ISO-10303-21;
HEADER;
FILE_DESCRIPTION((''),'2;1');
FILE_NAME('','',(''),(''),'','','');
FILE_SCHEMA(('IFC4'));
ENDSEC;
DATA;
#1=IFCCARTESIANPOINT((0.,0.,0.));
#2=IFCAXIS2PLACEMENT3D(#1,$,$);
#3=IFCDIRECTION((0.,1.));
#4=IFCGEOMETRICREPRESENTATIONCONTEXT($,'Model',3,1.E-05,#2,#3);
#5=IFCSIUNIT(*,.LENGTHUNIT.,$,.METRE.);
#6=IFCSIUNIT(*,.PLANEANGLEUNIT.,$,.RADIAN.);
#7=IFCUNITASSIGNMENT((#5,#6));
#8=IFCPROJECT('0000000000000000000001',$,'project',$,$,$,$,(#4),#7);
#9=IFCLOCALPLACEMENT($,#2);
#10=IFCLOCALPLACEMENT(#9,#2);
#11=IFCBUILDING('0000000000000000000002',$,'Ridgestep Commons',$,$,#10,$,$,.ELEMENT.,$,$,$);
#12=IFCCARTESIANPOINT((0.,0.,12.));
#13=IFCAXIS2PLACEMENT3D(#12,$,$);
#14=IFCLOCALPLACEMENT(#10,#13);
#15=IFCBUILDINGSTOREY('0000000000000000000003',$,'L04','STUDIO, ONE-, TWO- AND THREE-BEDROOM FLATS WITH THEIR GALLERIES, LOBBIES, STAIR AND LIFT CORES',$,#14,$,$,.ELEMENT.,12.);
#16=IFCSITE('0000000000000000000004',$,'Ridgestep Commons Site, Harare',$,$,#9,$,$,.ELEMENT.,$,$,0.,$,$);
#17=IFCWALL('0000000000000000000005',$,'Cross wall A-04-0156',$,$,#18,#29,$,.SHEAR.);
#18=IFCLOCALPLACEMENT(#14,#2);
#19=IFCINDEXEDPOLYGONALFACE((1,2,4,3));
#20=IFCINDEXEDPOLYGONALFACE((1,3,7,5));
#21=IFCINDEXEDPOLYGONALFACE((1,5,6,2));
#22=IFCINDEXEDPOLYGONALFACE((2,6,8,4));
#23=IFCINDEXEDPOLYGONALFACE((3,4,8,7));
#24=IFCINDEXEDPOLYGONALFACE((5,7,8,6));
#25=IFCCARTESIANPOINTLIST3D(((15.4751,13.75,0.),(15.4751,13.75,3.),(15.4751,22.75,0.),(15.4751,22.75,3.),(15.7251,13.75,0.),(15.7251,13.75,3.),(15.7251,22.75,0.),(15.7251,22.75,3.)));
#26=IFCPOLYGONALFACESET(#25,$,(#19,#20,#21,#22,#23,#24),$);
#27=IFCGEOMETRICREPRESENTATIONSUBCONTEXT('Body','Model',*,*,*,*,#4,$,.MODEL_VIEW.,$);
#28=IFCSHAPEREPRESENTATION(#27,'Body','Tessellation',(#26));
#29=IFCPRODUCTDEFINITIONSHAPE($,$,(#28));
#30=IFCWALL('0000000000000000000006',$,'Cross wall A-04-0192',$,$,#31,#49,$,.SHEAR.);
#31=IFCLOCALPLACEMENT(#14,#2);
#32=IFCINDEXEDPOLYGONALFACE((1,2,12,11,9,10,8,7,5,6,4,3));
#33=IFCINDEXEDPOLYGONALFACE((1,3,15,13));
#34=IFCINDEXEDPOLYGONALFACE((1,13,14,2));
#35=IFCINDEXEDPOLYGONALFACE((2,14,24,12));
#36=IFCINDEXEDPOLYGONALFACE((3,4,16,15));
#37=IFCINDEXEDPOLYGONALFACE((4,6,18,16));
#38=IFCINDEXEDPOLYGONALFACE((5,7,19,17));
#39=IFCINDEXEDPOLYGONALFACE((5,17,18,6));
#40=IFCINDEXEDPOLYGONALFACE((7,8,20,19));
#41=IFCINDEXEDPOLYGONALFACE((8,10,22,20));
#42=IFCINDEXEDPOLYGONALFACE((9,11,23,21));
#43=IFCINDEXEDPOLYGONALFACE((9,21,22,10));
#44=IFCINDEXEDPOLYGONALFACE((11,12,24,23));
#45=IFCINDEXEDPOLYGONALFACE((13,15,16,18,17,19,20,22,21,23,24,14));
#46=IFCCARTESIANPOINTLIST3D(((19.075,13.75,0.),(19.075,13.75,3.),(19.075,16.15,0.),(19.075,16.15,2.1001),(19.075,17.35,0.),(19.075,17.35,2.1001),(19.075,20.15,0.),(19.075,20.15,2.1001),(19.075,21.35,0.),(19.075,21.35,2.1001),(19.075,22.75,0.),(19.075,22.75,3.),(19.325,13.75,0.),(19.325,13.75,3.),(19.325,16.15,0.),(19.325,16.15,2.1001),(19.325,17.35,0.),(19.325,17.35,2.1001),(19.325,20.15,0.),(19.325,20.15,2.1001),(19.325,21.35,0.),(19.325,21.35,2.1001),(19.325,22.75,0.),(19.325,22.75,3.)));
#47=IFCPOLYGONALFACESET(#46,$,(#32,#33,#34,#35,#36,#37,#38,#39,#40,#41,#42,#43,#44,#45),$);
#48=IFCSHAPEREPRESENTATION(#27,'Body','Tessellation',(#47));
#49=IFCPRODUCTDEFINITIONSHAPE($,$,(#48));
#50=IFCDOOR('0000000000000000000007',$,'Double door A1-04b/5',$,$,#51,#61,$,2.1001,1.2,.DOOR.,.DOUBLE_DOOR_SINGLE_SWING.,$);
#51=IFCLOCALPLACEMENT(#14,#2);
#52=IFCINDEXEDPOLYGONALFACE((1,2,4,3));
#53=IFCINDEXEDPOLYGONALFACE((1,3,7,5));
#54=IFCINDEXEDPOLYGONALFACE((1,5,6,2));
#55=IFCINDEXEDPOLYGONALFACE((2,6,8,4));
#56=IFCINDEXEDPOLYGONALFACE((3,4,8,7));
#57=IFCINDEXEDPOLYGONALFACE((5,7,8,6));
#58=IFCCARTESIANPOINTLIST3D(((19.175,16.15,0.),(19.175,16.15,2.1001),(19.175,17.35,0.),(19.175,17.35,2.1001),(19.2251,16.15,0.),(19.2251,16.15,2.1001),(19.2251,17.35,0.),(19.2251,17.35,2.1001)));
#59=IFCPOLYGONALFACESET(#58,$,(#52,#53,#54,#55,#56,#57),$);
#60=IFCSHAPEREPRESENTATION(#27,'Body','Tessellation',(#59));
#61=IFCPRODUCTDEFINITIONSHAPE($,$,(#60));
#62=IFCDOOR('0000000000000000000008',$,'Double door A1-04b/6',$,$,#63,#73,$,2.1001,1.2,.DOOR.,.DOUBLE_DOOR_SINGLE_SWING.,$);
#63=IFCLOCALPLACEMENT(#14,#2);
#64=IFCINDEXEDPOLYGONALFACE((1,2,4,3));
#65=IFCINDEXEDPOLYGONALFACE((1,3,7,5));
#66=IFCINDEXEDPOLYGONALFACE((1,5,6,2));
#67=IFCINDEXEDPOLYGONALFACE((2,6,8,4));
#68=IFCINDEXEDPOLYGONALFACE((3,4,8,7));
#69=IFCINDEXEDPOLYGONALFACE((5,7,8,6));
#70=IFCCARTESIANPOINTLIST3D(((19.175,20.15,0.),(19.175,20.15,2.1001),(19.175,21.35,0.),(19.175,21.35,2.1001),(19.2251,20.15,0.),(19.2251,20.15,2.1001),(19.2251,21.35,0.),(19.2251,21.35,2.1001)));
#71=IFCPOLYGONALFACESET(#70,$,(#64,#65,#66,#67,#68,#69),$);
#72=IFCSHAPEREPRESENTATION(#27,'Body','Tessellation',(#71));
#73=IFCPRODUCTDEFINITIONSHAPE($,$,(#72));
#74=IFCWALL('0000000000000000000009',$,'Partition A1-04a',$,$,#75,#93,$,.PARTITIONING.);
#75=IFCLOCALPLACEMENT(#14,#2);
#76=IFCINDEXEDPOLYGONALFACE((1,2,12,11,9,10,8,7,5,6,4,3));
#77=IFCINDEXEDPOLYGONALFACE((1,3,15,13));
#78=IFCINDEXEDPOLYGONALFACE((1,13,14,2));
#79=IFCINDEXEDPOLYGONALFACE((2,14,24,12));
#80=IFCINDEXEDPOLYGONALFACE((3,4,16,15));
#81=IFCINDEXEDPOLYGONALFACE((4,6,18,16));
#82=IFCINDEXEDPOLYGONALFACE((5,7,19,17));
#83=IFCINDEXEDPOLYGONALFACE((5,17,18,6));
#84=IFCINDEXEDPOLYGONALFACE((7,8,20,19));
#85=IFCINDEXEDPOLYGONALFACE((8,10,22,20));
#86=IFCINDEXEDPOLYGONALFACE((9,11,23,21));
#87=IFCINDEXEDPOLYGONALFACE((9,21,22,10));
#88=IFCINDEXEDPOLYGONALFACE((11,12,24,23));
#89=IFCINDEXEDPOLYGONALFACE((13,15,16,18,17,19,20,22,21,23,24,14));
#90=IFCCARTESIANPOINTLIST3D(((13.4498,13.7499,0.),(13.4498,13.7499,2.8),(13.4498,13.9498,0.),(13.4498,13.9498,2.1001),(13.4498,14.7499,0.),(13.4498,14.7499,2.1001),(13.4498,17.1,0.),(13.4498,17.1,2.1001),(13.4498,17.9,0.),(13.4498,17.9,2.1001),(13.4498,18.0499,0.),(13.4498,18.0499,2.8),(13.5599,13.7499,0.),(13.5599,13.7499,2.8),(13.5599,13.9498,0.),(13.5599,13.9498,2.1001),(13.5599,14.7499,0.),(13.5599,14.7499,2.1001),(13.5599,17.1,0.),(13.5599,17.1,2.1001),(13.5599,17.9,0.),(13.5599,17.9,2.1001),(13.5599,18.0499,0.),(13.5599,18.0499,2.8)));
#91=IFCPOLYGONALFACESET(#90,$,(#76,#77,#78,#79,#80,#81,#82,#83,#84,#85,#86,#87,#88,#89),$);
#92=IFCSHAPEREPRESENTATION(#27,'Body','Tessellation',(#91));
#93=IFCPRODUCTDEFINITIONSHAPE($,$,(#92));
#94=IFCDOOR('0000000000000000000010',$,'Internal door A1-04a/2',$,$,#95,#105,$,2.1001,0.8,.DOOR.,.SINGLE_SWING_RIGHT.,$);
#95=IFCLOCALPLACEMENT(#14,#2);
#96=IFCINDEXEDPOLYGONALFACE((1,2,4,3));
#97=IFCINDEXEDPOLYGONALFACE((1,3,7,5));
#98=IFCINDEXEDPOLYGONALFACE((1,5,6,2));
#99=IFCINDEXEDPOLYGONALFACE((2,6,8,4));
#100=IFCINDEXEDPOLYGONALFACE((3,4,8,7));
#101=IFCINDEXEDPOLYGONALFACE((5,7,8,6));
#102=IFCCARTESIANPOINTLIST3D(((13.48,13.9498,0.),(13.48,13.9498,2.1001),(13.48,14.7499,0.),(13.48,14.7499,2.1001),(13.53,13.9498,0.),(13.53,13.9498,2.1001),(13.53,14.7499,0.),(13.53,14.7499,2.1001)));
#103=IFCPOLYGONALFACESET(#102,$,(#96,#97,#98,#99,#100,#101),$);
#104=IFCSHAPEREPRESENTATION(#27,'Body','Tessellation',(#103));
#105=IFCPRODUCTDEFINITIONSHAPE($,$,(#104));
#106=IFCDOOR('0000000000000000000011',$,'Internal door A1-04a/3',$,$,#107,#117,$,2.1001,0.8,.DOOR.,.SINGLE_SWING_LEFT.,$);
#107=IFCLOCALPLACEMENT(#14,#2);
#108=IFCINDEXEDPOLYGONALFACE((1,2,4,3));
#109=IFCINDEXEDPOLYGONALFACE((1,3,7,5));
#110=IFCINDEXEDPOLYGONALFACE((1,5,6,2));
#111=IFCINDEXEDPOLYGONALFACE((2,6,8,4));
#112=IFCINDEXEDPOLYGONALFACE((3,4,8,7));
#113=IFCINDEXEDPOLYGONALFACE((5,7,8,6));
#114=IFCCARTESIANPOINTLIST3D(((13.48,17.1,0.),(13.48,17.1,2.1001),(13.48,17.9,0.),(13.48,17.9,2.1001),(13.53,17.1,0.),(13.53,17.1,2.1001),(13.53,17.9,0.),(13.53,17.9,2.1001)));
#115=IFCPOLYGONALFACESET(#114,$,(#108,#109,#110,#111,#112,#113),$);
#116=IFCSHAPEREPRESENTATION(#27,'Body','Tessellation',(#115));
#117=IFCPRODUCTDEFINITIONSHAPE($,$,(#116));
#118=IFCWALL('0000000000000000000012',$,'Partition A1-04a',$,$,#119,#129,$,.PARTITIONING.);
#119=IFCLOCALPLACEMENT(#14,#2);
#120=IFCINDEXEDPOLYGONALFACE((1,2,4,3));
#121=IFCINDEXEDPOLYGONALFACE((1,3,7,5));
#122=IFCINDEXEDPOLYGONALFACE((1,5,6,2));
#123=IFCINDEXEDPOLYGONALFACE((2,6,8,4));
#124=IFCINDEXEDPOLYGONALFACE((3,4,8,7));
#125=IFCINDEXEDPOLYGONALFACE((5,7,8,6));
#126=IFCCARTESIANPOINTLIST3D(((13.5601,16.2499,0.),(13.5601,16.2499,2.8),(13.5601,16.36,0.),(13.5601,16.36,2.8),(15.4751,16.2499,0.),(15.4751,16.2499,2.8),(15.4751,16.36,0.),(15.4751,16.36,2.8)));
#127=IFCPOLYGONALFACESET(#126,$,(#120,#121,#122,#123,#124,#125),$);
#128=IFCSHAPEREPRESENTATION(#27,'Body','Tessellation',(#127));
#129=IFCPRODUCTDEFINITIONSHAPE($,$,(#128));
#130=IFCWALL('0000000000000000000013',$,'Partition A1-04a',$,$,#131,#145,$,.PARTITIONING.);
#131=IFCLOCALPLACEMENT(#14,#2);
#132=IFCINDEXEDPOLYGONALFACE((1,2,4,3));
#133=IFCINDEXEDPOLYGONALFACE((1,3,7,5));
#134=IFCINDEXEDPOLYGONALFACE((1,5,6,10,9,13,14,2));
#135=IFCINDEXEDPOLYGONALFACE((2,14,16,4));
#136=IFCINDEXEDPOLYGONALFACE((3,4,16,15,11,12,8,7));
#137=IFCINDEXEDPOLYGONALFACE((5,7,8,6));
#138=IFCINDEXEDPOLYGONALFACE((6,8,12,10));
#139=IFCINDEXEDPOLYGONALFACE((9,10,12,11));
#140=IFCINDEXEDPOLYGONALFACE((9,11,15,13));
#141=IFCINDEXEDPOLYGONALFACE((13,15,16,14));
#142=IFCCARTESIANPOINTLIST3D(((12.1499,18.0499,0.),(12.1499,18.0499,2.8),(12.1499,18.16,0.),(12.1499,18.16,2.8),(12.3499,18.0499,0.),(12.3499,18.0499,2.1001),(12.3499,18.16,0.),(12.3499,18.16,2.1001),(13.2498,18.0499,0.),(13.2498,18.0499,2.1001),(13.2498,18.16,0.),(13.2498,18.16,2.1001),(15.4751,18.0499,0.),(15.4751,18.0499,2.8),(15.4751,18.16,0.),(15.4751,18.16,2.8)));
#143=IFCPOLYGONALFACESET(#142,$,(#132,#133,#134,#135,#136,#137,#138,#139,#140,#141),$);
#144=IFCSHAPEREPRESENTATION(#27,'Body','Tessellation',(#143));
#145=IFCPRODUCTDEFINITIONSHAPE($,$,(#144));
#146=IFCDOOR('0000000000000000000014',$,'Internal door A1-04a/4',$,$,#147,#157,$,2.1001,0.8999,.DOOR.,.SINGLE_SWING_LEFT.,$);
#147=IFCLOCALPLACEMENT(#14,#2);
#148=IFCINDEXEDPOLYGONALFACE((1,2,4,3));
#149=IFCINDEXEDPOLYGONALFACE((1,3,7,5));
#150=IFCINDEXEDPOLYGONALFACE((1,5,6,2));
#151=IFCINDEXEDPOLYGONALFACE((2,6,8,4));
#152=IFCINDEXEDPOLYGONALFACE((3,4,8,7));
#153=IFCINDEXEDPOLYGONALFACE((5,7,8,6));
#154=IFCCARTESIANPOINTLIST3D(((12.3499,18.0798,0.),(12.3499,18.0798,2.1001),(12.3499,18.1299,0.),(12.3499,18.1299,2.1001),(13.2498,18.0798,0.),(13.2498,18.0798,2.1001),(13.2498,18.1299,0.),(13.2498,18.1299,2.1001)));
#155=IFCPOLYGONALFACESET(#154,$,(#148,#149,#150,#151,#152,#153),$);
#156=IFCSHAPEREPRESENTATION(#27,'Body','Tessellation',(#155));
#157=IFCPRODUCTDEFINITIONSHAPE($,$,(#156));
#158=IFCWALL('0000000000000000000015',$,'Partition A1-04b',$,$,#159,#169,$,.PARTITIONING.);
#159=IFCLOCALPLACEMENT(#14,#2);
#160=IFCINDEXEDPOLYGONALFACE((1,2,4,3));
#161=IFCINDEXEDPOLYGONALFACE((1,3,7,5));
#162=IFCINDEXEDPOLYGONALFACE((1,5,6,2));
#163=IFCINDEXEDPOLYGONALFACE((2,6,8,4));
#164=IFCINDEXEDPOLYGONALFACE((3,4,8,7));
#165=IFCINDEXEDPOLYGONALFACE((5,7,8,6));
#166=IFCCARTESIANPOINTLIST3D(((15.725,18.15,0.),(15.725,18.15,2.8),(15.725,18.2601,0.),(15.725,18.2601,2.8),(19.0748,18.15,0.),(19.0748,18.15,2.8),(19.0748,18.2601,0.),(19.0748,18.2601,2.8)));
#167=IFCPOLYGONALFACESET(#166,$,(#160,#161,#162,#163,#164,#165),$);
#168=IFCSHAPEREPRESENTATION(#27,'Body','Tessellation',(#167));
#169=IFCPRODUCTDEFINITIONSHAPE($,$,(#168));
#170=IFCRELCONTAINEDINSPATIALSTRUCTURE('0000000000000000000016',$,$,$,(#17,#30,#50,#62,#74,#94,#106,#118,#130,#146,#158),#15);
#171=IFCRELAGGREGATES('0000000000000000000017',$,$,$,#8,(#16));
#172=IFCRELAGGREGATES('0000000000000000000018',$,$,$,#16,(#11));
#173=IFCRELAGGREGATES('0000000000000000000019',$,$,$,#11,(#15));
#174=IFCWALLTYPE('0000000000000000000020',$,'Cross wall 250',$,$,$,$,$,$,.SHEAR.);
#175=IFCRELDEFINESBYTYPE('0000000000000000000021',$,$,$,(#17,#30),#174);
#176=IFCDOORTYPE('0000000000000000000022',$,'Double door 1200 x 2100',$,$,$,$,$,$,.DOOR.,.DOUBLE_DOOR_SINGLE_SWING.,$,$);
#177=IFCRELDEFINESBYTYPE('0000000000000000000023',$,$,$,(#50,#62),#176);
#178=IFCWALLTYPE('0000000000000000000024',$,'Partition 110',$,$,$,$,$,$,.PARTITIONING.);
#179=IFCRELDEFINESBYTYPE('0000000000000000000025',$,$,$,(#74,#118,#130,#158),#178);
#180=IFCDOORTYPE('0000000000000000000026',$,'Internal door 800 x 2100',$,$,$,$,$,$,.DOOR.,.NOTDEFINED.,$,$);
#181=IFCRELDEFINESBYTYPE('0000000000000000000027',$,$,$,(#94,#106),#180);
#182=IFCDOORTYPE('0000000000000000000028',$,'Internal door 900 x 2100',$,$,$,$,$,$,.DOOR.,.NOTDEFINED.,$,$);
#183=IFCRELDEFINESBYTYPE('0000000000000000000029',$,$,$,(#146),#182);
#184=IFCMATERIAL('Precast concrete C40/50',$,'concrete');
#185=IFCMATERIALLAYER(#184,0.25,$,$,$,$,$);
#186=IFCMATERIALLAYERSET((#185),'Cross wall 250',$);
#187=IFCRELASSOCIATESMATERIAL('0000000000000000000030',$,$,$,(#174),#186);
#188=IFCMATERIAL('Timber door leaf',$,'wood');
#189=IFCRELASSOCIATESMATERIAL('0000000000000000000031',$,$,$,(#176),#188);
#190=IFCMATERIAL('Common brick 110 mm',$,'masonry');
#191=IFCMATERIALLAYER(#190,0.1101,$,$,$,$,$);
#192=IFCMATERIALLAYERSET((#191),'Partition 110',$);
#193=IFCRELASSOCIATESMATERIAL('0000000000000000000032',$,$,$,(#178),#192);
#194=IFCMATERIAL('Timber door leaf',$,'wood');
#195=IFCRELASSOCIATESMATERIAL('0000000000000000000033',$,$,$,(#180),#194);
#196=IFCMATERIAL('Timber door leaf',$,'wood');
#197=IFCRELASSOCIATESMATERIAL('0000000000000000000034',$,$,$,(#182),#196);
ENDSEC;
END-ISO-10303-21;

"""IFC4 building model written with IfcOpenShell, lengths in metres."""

from ifc_helpers import new_model, si_unit, direction, frame, frame_2d, origin, place, context, subcontext, project, spatial, rectangle, extrude, material, layer, layer_set, type_object, element, fill, save


model = new_model("IFC4")

# Units and contexts
model_context = context("Model", 3, precision=1e-05, world=origin(), true_north=direction((0.0, 1.0)))
body_context = subcontext(model_context, "Body", "Model", "MODEL_VIEW")
ifc_project = project(units=[si_unit("LENGTHUNIT", "METRE"), si_unit("PLANEANGLEUNIT", "RADIAN")], contexts=[model_context])

# Site, building, storey
site_placement = place(None, origin())
site = spatial("IfcSite", under=ifc_project, at=site_placement, Name="Ridgestep Commons Site, Harare", CompositionType="ELEMENT", RefElevation=0.0)
building_placement = place(site_placement, origin())
building = spatial("IfcBuilding", under=site, at=building_placement, Name="Ridgestep Commons", CompositionType="ELEMENT")
storey_placement = place(building_placement, frame((0.0, 0.0, 12.0)))
storey = spatial("IfcBuildingStorey", under=building, at=storey_placement, Name="L04", Description="STUDIO, ONE-, TWO- AND THREE-BEDROOM FLATS WITH THEIR GALLERIES, LOBBIES, STAIR AND LIFT CORES", CompositionType="ELEMENT", Elevation=12.0)

# Wall
ifc_material_1 = material(Name="Precast concrete C40/50", Category="concrete")
ifc_layer_1 = layer(ifc_material_1, 0.25)
ifc_layer_set_1 = layer_set([ifc_layer_1], Name="Cross wall 250")
wall_type_1 = type_object("IfcWallType", Name="Cross wall 250", PredefinedType="SHEAR", material=ifc_layer_set_1)
wall_1_placement = place(storey_placement, frame((15.6001, 13.75, 0.0), z_axis=(0.0, 0.0, 1.0), x_axis=(0.0, 1.0, 0.0)))
element("IfcWall", 1, at=wall_1_placement, inside=storey, type_object=wall_type_1, Name="Cross wall A-04-0156", PredefinedType="SHEAR", context=body_context, shape_type="SweptSolid", body=[
    extrude(rectangle(XDim=9.0, YDim=0.25, at=frame_2d((4.5, 0.0))), origin(), (0.0, 0.0, 1.0), 3.0),
])

# Walls, openings, doors
wall_2_placement = place(storey_placement, frame((19.2, 13.75, 0.0), z_axis=(0.0, 0.0, 1.0), x_axis=(0.0, 1.0, 0.0)))
wall_2 = element("IfcWall", 2, at=wall_2_placement, inside=storey, type_object=wall_type_1, Name="Cross wall A-04-0192", PredefinedType="SHEAR", context=body_context, shape_type="SweptSolid", body=[
    extrude(rectangle(XDim=9.0, YDim=0.25, at=frame_2d((4.5, 0.0))), origin(), (0.0, 0.0, 1.0), 3.0),
])
opening_1_placement = place(wall_2_placement, frame((2.3999, 0.0, 0.0)))
opening_1 = element("IfcOpeningElement", 3, at=opening_1_placement, cuts=wall_2, PredefinedType="OPENING", context=body_context, shape_type="SweptSolid", body=[
    extrude(rectangle(XDim=1.2, YDim=2.1001, at=frame_2d((0.6001, 1.05))), frame((0.0, 0.135, 0.0), z_axis=(0.0, -1.0, 0.0), x_axis=(1.0, 0.0, 0.0)), (0.0, 0.0, 1.0), 0.27),
])
opening_2_placement = place(wall_2_placement, frame((6.3999, 0.0, 0.0)))
opening_2 = element("IfcOpeningElement", 4, at=opening_2_placement, cuts=wall_2, PredefinedType="OPENING", context=body_context, shape_type="SweptSolid", body=[
    extrude(rectangle(XDim=1.2, YDim=2.1001, at=frame_2d((0.6001, 1.05))), frame((0.0, 0.135, 0.0), z_axis=(0.0, -1.0, 0.0), x_axis=(1.0, 0.0, 0.0)), (0.0, 0.0, 1.0), 0.27),
])
ifc_material_2 = material(Name="Timber door leaf", Category="wood")
door_type_1 = type_object("IfcDoorType", Name="Double door 1200 x 2100", OperationType="DOUBLE_DOOR_SINGLE_SWING", PredefinedType="DOOR", material=ifc_material_2)
door_1_placement = place(opening_1_placement, origin())
door_1 = element("IfcDoor", 5, at=door_1_placement, inside=storey, type_object=door_type_1, Name="Double door A1-04b/5", OperationType="DOUBLE_DOOR_SINGLE_SWING", OverallHeight=2.1001, OverallWidth=1.2, PredefinedType="DOOR", context=body_context, shape_type="SweptSolid", body=[
    extrude(rectangle(XDim=1.2, YDim=2.1001, at=frame_2d((0.6001, 1.05))), frame((0.0, 0.0249, 0.0), z_axis=(0.0, -1.0, 0.0), x_axis=(1.0, 0.0, 0.0)), (0.0, 0.0, 1.0), 0.05),
])
fill(opening_1, door_1)
door_2_placement = place(opening_2_placement, origin())
door_2 = element("IfcDoor", 6, at=door_2_placement, inside=storey, type_object=door_type_1, Name="Double door A1-04b/6", OperationType="DOUBLE_DOOR_SINGLE_SWING", OverallHeight=2.1001, OverallWidth=1.2, PredefinedType="DOOR", context=body_context, shape_type="SweptSolid", body=[
    extrude(rectangle(XDim=1.2, YDim=2.1001, at=frame_2d((0.6001, 1.05))), frame((0.0, 0.0249, 0.0), z_axis=(0.0, -1.0, 0.0), x_axis=(1.0, 0.0, 0.0)), (0.0, 0.0, 1.0), 0.05),
])
fill(opening_2, door_2)
ifc_material_3 = material(Name="Common brick 110 mm", Category="masonry")
ifc_layer_2 = layer(ifc_material_3, 0.1101)
ifc_layer_set_2 = layer_set([ifc_layer_2], Name="Partition 110")
wall_type_2 = type_object("IfcWallType", Name="Partition 110", PredefinedType="PARTITIONING", material=ifc_layer_set_2)
wall_3_placement = place(storey_placement, frame((13.5049, 13.75, 0.0), z_axis=(0.0, 0.0, 1.0), x_axis=(0.0, 1.0, 0.0)))
wall_3 = element("IfcWall", 7, at=wall_3_placement, inside=storey, type_object=wall_type_2, Name="Partition A1-04a", PredefinedType="PARTITIONING", context=body_context, shape_type="SweptSolid", body=[
    extrude(rectangle(XDim=4.3, YDim=0.1101, at=frame_2d((2.1499, 0.0))), origin(), (0.0, 0.0, 1.0), 2.8),
])
opening_3_placement = place(wall_3_placement, frame((0.2, 0.0, 0.0)))
opening_3 = element("IfcOpeningElement", 8, at=opening_3_placement, cuts=wall_3, PredefinedType="OPENING", context=body_context, shape_type="SweptSolid", body=[
    extrude(rectangle(XDim=0.8, YDim=2.1001, at=frame_2d((0.3999, 1.05))), frame((0.0, 0.0649, 0.0), z_axis=(0.0, -1.0, 0.0), x_axis=(1.0, 0.0, 0.0)), (0.0, 0.0, 1.0), 0.1301),
])
opening_4_placement = place(wall_3_placement, frame((3.3501, 0.0, 0.0)))
opening_4 = element("IfcOpeningElement", 9, at=opening_4_placement, cuts=wall_3, PredefinedType="OPENING", context=body_context, shape_type="SweptSolid", body=[
    extrude(rectangle(XDim=0.8, YDim=2.1001, at=frame_2d((0.3999, 1.05))), frame((0.0, 0.0649, 0.0), z_axis=(0.0, -1.0, 0.0), x_axis=(1.0, 0.0, 0.0)), (0.0, 0.0, 1.0), 0.1301),
])
ifc_material_4 = material(Name="Timber door leaf", Category="wood")
door_type_2 = type_object("IfcDoorType", Name="Internal door 800 x 2100", OperationType="NOTDEFINED", PredefinedType="DOOR", material=ifc_material_4)
door_3_placement = place(opening_3_placement, origin())
door_3 = element("IfcDoor", 10, at=door_3_placement, inside=storey, type_object=door_type_2, Name="Internal door A1-04a/2", OperationType="SINGLE_SWING_RIGHT", OverallHeight=2.1001, OverallWidth=0.8, PredefinedType="DOOR", context=body_context, shape_type="SweptSolid", body=[
    extrude(rectangle(XDim=0.8, YDim=2.1001, at=frame_2d((0.3999, 1.05))), frame((0.0, 0.0249, 0.0), z_axis=(0.0, -1.0, 0.0), x_axis=(1.0, 0.0, 0.0)), (0.0, 0.0, 1.0), 0.05),
])
fill(opening_3, door_3)
door_4_placement = place(opening_4_placement, origin())
door_4 = element("IfcDoor", 11, at=door_4_placement, inside=storey, type_object=door_type_2, Name="Internal door A1-04a/3", OperationType="SINGLE_SWING_LEFT", OverallHeight=2.1001, OverallWidth=0.8, PredefinedType="DOOR", context=body_context, shape_type="SweptSolid", body=[
    extrude(rectangle(XDim=0.8, YDim=2.1001, at=frame_2d((0.3999, 1.05))), frame((0.0, 0.0249, 0.0), z_axis=(0.0, -1.0, 0.0), x_axis=(1.0, 0.0, 0.0)), (0.0, 0.0, 1.0), 0.05),
])
fill(opening_4, door_4)

# Wall
wall_4_placement = place(storey_placement, frame((13.5601, 16.3049, 0.0), z_axis=(0.0, 0.0, 1.0), x_axis=(1.0, 0.0, 0.0)))
element("IfcWall", 12, at=wall_4_placement, inside=storey, type_object=wall_type_2, Name="Partition A1-04a", PredefinedType="PARTITIONING", context=body_context, shape_type="SweptSolid", body=[
    extrude(rectangle(XDim=1.915, YDim=0.1101, at=frame_2d((0.9575, 0.0))), origin(), (0.0, 0.0, 1.0), 2.8),
])

# Wall, opening, door
wall_5_placement = place(storey_placement, frame((12.1499, 18.105, 0.0), z_axis=(0.0, 0.0, 1.0), x_axis=(1.0, 0.0, 0.0)))
wall_5 = element("IfcWall", 13, at=wall_5_placement, inside=storey, type_object=wall_type_2, Name="Partition A1-04a", PredefinedType="PARTITIONING", context=body_context, shape_type="SweptSolid", body=[
    extrude(rectangle(XDim=3.3252, YDim=0.1101, at=frame_2d((1.6626, 0.0))), origin(), (0.0, 0.0, 1.0), 2.8),
])
opening_5_placement = place(wall_5_placement, frame((0.2, 0.0, 0.0)))
opening_5 = element("IfcOpeningElement", 14, at=opening_5_placement, cuts=wall_5, PredefinedType="OPENING", context=body_context, shape_type="SweptSolid", body=[
    extrude(rectangle(XDim=0.8999, YDim=2.1001, at=frame_2d((0.45, 1.05))), frame((0.0, 0.0649, 0.0), z_axis=(0.0, -1.0, 0.0), x_axis=(1.0, 0.0, 0.0)), (0.0, 0.0, 1.0), 0.1301),
])
ifc_material_5 = material(Name="Timber door leaf", Category="wood")
door_type_3 = type_object("IfcDoorType", Name="Internal door 900 x 2100", OperationType="NOTDEFINED", PredefinedType="DOOR", material=ifc_material_5)
door_5_placement = place(opening_5_placement, origin())
door_5 = element("IfcDoor", 15, at=door_5_placement, inside=storey, type_object=door_type_3, Name="Internal door A1-04a/4", OperationType="SINGLE_SWING_LEFT", OverallHeight=2.1001, OverallWidth=0.8999, PredefinedType="DOOR", context=body_context, shape_type="SweptSolid", body=[
    extrude(rectangle(XDim=0.8999, YDim=2.1001, at=frame_2d((0.45, 1.05))), frame((0.0, 0.0249, 0.0), z_axis=(0.0, -1.0, 0.0), x_axis=(1.0, 0.0, 0.0)), (0.0, 0.0, 1.0), 0.05),
])
fill(opening_5, door_5)

# Wall
wall_6_placement = place(storey_placement, frame((15.7251, 18.2051, 0.0), z_axis=(0.0, 0.0, 1.0), x_axis=(1.0, 0.0, 0.0)))
element("IfcWall", 16, at=wall_6_placement, inside=storey, type_object=wall_type_2, Name="Partition A1-04b", PredefinedType="PARTITIONING", context=body_context, shape_type="SweptSolid", body=[
    extrude(rectangle(XDim=3.3499, YDim=0.1101, at=frame_2d((1.6748, 0.0))), origin(), (0.0, 0.0, 1.0), 2.8),
])

save(model, "model.ifc")
